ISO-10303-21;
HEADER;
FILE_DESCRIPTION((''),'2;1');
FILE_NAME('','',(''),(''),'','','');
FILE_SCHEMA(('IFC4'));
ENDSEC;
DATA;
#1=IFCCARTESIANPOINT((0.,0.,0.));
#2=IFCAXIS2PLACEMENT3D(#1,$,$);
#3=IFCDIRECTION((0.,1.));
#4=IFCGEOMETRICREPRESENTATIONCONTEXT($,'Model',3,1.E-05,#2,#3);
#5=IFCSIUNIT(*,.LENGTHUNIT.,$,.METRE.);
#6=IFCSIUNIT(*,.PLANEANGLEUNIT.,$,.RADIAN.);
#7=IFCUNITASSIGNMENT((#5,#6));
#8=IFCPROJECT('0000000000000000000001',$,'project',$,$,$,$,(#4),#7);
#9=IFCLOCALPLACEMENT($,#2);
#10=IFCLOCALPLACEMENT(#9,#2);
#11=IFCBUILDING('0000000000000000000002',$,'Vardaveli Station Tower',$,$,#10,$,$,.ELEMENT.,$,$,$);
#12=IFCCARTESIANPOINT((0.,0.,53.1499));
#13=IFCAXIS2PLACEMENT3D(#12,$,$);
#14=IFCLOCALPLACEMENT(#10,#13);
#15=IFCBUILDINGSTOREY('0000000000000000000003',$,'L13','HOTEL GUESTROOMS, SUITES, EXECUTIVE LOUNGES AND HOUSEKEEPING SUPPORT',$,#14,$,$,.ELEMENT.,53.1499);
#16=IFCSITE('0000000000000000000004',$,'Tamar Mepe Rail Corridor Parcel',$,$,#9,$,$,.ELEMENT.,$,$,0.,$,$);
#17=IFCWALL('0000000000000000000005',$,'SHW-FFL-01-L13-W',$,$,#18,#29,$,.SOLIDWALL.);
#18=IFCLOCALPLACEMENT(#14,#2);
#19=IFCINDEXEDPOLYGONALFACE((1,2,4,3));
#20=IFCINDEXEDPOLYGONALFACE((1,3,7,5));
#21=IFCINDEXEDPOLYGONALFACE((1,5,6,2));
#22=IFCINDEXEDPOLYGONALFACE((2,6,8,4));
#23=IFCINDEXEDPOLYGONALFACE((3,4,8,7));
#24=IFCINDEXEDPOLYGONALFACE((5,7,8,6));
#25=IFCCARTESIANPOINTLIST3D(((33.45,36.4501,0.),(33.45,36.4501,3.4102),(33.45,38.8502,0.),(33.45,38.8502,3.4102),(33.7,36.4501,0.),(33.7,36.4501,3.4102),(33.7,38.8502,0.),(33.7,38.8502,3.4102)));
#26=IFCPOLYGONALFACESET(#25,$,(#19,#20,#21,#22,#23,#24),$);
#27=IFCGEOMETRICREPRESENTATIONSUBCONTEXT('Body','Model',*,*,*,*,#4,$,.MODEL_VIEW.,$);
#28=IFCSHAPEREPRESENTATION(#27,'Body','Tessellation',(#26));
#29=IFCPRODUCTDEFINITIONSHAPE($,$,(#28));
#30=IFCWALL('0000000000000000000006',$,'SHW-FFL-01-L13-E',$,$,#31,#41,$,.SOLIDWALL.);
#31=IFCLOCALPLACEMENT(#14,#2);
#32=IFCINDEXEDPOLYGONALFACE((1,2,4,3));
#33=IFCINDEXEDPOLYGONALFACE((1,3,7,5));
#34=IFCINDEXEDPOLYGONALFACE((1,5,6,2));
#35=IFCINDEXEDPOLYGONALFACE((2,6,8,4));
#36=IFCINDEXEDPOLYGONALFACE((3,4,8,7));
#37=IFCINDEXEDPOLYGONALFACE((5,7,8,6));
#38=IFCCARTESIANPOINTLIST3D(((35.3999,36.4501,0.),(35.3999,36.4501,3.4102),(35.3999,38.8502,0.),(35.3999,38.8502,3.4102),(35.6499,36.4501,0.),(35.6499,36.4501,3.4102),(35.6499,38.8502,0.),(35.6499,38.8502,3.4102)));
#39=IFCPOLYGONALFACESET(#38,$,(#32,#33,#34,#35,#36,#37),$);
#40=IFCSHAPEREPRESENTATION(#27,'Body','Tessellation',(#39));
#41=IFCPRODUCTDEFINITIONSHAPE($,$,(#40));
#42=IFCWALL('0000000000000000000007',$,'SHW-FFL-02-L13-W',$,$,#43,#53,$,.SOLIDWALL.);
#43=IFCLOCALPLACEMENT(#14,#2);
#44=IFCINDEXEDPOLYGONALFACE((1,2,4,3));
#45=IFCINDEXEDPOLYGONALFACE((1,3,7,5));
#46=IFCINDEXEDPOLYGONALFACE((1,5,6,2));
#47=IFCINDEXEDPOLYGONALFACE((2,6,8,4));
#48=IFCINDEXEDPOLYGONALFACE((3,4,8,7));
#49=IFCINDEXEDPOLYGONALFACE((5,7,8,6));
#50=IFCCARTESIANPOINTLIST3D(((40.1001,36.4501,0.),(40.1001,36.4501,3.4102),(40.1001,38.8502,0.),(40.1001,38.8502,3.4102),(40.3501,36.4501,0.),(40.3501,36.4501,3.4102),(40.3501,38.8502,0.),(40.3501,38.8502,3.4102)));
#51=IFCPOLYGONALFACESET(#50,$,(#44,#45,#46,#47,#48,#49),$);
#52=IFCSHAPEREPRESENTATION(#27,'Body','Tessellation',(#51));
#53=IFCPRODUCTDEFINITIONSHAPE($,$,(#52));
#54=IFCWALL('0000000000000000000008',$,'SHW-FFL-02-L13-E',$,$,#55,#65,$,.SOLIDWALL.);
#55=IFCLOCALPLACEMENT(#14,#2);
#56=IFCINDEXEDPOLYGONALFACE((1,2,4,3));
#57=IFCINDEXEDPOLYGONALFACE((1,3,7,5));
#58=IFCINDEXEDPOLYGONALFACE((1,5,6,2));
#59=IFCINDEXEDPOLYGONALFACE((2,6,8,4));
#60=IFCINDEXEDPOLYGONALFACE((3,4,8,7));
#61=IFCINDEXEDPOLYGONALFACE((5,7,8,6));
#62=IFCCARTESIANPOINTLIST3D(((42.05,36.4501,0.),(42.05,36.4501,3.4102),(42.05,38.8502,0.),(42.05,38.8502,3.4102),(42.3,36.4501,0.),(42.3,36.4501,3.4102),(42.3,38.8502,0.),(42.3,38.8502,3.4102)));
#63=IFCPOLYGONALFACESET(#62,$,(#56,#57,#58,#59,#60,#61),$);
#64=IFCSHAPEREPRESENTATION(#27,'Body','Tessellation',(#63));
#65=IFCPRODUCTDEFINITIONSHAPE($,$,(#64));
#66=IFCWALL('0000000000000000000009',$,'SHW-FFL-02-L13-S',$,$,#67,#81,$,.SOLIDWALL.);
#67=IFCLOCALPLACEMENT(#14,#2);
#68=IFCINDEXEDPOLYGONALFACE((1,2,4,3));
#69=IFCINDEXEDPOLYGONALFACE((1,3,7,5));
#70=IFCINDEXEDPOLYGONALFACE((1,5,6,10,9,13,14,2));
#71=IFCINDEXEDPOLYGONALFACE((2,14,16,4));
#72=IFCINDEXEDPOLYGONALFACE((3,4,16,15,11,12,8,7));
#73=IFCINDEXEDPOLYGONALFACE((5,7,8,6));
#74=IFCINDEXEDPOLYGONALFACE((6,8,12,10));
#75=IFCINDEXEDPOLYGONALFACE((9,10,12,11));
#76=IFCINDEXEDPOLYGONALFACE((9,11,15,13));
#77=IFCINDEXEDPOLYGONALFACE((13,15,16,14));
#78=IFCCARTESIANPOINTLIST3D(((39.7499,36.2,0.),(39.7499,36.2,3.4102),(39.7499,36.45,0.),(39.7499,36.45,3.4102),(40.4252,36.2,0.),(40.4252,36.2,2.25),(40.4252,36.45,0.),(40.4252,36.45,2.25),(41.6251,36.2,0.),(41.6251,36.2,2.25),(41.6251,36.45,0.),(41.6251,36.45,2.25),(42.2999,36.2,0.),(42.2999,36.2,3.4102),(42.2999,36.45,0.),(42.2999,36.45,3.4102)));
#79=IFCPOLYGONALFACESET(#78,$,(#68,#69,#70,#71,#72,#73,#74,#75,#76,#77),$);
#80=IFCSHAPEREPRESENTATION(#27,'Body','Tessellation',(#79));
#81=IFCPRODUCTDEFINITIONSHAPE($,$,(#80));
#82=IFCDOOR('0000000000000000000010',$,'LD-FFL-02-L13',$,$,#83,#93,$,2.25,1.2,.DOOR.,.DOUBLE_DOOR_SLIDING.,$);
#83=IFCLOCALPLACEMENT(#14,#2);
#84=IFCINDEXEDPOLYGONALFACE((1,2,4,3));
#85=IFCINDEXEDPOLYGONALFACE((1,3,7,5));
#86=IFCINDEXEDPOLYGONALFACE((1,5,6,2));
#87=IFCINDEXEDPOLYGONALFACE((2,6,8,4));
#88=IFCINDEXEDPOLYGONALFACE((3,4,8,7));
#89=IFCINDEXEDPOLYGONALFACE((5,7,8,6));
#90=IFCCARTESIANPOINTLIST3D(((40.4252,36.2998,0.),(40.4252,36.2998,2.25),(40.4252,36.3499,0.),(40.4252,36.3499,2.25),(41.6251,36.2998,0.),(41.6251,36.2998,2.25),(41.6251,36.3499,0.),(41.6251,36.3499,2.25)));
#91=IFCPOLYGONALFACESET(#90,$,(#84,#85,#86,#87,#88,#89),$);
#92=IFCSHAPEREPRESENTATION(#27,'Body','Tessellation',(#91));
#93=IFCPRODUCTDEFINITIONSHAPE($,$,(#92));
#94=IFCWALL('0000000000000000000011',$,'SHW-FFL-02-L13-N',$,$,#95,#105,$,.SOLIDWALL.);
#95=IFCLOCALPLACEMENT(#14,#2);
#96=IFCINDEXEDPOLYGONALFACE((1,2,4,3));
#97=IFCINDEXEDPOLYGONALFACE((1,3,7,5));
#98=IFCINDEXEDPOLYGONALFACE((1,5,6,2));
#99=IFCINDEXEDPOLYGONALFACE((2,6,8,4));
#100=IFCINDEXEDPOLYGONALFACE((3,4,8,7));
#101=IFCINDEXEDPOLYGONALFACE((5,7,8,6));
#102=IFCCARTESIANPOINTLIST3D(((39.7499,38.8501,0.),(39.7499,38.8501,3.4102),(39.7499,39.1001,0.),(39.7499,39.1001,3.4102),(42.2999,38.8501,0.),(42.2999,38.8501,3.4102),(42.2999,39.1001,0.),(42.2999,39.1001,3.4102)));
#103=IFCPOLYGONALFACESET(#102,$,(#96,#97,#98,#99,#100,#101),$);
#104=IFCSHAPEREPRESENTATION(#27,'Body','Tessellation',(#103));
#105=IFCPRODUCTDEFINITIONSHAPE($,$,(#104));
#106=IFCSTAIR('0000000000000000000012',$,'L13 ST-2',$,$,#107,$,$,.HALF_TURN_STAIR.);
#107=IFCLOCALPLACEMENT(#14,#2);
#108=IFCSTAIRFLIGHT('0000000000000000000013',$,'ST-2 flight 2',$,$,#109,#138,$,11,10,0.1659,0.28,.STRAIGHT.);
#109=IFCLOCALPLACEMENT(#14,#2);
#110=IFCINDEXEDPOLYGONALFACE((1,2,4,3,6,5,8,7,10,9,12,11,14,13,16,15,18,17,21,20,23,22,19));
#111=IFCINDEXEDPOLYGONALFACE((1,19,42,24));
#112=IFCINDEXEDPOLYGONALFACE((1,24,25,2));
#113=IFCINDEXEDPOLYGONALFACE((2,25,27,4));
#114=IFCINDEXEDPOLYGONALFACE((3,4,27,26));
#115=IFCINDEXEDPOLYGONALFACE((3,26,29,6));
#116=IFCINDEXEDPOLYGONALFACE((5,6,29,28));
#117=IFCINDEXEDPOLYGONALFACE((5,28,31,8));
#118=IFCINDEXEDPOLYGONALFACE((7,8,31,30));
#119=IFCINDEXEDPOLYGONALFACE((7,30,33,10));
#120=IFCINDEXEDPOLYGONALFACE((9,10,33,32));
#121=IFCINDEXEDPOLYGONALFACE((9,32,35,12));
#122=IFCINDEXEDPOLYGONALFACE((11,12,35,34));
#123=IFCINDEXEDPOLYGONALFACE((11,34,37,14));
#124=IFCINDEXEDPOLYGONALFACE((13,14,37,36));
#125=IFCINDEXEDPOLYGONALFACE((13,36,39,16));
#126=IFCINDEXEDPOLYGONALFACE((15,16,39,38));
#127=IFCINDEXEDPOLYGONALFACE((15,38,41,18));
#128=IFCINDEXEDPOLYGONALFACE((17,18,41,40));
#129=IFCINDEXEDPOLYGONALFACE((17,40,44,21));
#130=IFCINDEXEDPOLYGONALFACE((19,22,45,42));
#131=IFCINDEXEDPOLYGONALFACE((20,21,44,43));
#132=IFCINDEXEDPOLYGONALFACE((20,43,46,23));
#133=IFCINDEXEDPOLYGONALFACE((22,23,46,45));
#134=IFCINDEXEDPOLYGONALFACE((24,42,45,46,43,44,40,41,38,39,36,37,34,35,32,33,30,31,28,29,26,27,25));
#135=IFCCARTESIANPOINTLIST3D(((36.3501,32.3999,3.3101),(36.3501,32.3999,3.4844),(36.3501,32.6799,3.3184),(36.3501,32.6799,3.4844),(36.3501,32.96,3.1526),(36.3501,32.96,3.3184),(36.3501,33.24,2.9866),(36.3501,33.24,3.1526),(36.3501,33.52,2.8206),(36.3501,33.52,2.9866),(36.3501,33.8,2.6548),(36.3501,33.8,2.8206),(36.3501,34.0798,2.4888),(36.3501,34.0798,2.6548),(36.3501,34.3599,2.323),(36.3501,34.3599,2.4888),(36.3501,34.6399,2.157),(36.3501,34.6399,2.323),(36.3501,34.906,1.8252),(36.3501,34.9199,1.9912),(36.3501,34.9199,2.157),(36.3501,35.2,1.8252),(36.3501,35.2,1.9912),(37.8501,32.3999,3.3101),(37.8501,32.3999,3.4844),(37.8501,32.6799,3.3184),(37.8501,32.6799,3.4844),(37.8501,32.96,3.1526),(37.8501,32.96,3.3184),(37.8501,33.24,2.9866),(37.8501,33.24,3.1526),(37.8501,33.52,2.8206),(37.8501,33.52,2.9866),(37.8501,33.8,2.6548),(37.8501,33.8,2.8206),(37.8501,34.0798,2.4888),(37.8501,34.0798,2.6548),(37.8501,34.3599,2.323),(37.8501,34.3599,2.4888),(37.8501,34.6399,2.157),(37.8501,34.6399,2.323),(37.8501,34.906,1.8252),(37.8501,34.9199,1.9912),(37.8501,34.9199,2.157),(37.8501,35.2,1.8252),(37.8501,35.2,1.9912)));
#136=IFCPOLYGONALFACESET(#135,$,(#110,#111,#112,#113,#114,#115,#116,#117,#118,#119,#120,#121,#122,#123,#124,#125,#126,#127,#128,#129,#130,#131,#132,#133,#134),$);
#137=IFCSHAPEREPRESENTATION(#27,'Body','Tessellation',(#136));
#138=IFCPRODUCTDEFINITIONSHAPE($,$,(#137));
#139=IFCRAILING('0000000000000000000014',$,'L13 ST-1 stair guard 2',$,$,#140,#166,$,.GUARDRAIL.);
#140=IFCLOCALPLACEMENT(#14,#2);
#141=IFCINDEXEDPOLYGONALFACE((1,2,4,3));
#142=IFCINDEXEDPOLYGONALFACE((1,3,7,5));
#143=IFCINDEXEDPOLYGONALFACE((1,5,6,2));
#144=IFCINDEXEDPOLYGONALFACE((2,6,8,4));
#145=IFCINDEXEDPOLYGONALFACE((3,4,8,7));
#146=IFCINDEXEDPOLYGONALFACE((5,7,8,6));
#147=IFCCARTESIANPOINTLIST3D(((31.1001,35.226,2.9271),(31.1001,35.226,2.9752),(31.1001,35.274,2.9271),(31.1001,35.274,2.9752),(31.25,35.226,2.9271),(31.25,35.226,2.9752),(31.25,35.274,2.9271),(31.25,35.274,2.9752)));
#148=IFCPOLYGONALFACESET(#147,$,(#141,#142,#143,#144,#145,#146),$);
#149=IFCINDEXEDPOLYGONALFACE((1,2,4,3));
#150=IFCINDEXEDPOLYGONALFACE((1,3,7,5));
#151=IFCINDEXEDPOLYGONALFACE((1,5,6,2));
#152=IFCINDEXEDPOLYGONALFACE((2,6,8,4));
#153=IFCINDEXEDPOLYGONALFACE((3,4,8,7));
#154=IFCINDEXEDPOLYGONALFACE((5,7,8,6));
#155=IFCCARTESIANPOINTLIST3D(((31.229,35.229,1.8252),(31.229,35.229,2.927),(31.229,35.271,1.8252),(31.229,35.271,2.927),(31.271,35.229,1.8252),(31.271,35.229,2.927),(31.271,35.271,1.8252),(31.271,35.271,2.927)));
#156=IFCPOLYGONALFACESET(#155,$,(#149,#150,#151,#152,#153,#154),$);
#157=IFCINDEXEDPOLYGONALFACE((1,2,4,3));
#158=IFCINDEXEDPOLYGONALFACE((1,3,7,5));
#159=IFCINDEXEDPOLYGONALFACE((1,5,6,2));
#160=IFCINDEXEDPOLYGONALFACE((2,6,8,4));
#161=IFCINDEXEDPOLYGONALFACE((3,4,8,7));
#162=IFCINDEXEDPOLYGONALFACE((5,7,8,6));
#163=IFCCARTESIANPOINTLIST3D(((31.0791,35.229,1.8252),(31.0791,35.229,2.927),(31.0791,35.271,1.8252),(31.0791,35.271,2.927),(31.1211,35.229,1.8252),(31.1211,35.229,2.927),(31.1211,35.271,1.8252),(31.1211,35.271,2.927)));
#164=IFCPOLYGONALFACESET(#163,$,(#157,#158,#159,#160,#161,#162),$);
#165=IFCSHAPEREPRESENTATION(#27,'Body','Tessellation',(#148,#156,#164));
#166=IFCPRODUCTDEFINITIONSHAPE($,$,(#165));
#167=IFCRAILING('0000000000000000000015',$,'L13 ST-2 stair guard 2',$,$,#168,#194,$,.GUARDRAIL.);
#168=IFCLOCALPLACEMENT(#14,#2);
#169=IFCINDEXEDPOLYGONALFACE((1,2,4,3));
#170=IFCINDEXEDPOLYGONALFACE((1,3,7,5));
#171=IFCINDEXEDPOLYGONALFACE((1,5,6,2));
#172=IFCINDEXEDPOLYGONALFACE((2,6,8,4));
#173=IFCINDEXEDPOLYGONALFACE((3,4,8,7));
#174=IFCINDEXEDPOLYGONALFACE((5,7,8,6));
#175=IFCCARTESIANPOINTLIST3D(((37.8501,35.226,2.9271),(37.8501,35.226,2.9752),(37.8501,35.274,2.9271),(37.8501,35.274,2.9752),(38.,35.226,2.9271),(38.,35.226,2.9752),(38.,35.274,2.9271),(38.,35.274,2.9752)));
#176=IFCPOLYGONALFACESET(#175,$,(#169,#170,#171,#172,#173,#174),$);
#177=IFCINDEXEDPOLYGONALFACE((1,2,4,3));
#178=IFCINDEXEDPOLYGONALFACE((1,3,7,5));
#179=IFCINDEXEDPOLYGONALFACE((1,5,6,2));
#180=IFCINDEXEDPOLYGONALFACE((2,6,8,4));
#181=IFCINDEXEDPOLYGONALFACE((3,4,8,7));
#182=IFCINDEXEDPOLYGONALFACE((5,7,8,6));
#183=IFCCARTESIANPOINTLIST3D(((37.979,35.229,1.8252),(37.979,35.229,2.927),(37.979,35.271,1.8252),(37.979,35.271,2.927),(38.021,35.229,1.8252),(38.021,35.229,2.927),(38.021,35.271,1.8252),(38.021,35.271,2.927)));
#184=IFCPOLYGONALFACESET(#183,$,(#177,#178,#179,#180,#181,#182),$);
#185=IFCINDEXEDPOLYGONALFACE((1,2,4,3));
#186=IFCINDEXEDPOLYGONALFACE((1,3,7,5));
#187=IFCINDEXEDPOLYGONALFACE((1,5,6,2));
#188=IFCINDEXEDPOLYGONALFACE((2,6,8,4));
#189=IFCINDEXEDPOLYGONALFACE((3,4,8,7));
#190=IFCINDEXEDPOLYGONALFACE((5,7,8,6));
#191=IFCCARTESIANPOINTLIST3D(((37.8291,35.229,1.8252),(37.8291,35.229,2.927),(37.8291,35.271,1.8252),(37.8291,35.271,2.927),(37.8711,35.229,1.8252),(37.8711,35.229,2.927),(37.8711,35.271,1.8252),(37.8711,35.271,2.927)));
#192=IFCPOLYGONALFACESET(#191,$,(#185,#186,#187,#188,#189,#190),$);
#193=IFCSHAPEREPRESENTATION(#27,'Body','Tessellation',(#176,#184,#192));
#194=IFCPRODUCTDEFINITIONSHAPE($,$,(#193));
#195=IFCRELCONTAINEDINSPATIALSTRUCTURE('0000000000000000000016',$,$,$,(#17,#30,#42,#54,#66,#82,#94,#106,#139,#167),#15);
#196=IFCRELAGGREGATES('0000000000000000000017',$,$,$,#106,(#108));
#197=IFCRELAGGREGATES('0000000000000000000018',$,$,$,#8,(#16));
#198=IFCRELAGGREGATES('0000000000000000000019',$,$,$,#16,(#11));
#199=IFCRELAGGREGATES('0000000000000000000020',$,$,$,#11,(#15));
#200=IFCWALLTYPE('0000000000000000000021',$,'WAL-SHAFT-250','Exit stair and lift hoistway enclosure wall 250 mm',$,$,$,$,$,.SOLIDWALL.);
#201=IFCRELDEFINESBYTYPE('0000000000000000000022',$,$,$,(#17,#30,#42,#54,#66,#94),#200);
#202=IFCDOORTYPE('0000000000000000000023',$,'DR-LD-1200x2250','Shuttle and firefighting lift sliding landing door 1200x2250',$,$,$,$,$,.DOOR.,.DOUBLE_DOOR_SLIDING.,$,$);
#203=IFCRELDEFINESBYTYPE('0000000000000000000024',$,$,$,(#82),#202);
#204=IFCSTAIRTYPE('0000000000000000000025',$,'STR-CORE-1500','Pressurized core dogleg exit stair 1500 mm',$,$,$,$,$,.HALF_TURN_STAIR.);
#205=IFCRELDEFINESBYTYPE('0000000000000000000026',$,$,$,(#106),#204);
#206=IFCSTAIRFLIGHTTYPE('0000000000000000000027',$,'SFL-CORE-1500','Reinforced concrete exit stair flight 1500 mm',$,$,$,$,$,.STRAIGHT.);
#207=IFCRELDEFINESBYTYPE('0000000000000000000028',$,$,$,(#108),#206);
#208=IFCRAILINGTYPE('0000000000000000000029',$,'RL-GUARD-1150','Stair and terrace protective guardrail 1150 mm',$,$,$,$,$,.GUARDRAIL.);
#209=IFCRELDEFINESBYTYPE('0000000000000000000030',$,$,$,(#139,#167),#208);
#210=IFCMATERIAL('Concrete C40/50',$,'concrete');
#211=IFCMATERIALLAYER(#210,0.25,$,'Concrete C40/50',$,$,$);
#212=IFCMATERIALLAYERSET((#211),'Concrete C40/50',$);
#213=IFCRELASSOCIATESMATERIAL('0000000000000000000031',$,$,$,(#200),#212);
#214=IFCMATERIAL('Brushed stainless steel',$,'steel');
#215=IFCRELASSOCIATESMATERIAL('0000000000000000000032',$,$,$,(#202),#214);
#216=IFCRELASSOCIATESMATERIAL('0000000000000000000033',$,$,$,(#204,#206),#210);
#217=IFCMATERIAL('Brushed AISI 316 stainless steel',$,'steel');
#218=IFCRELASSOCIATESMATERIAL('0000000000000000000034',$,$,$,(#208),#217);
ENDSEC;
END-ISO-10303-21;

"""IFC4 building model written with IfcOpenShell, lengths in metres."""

from ifc_helpers import new_model, si_unit, direction, frame, frame_2d, origin, origin_2d, place, context, subcontext, project, spatial, polyline, rectangle, outline, extrude, source, transform, mapped, material, layer, layer_set, type_object, element, fill, aggregate, save


model = new_model("IFC4")

# Units and contexts
model_context = context("Model", 3, precision=1e-05, world=origin(), true_north=direction((0.0, 1.0)))
body_context = subcontext(model_context, "Body", "Model", "MODEL_VIEW")
ifc_project = project(units=[si_unit("LENGTHUNIT", "METRE"), si_unit("PLANEANGLEUNIT", "RADIAN")], contexts=[model_context])

# Site, building, storey
site_placement = place(None, origin())
site = spatial("IfcSite", under=ifc_project, at=site_placement, Name="Tamar Mepe Rail Corridor Parcel", CompositionType="ELEMENT", RefElevation=0.0)
building_placement = place(site_placement, origin())
building = spatial("IfcBuilding", under=site, at=building_placement, Name="Vardaveli Station Tower", CompositionType="ELEMENT")
storey_placement = place(building_placement, frame((0.0, 0.0, 53.1499)))
storey = spatial("IfcBuildingStorey", under=building, at=storey_placement, Name="L13", Description="HOTEL GUESTROOMS, SUITES, EXECUTIVE LOUNGES AND HOUSEKEEPING SUPPORT", CompositionType="ELEMENT", Elevation=53.1499)

# Shared definitions
ifc_material_1 = material(Name="Concrete C40/50", Category="concrete")
ifc_layer_1 = layer(ifc_material_1, 0.25, Name="Concrete C40/50")
ifc_layer_set_1 = layer_set([ifc_layer_1], Name="Concrete C40/50")
wall_type_1 = type_object("IfcWallType", Name="WAL-SHAFT-250", Description="Exit stair and lift hoistway enclosure wall 250 mm", PredefinedType="SOLIDWALL", material=ifc_layer_set_1)

# Shared definitions
shared_shape_1 = source(origin(), body_context, "Body", "SweptSolid", [
    extrude(rectangle(XDim=1.2, YDim=2.25, at=frame_2d((0.6001, 1.125))), frame((0.0, 0.135, 0.0), z_axis=(0.0, -1.0, 0.0), x_axis=(1.0, 0.0, 0.0)), (0.0, 0.0, 1.0), 0.27),
])
ifc_material_2 = material(Name="Brushed stainless steel", Category="steel")
door_type = type_object("IfcDoorType", Name="DR-LD-1200x2250", Description="Shuttle and firefighting lift sliding landing door 1200x2250", OperationType="DOUBLE_DOOR_SLIDING", PredefinedType="DOOR", material=ifc_material_2)
shared_shape_2 = source(origin(), body_context, "Body", "SweptSolid", [
    extrude(rectangle(XDim=1.2, YDim=2.25, at=frame_2d((0.6001, 1.125))), frame((0.0, 0.0249, 0.0), z_axis=(0.0, -1.0, 0.0), x_axis=(1.0, 0.0, 0.0)), (0.0, 0.0, 1.0), 0.05),
])

# Walls
shared_shape_3 = source(origin(), body_context, "Body", "SweptSolid", [
    extrude(rectangle(XDim=2.4001, YDim=0.25, at=frame_2d((1.2002, 0.0))), origin(), (0.0, 0.0, 1.0), 3.4102),
])
for number, where, z_axis, x_axis, name in (
    (1, (33.575, 36.45, 0.0), (0.0, 0.0, 1.0), (0.0, 1.0, 0.0), "SHW-FFL-01-L13-W"),
    (2, (35.5249, 36.45, 0.0), (0.0, 0.0, 1.0), (0.0, 1.0, 0.0), "SHW-FFL-01-L13-E"),
    (3, (40.2251, 36.45, 0.0), (0.0, 0.0, 1.0), (0.0, 1.0, 0.0), "SHW-FFL-02-L13-W"),
    (4, (42.175, 36.45, 0.0), (0.0, 0.0, 1.0), (0.0, 1.0, 0.0), "SHW-FFL-02-L13-E"),
):
    element("IfcWall", number, at=place(storey_placement, frame(where, z_axis=z_axis, x_axis=x_axis)), inside=storey, type_object=wall_type_1, Name=name, PredefinedType="SOLIDWALL", context=body_context, shape_type="MappedRepresentation", body=[
        mapped(shared_shape_3, transform((0.0, 0.0, 0.0), scale=1.0)),
    ])

# Wall, opening, door
shared_shape_4 = source(origin(), body_context, "Body", "SweptSolid", [
    extrude(rectangle(XDim=2.55, YDim=0.25, at=frame_2d((1.2749, 0.0))), origin(), (0.0, 0.0, 1.0), 3.4102),
])
wall_1_placement = place(storey_placement, frame((39.75, 36.325, 0.0), z_axis=(0.0, 0.0, 1.0), x_axis=(1.0, 0.0, 0.0)))
wall_1 = element("IfcWall", 5, at=wall_1_placement, inside=storey, type_object=wall_type_1, Name="SHW-FFL-02-L13-S", PredefinedType="SOLIDWALL", context=body_context, shape_type="MappedRepresentation", body=[
    mapped(shared_shape_4, transform((0.0, 0.0, 0.0), scale=1.0)),
])
opening_1_placement = place(wall_1_placement, frame((0.675, 0.0, 0.0)))
opening_1 = element("IfcOpeningElement", 6, at=opening_1_placement, cuts=wall_1, PredefinedType="OPENING", context=body_context, shape_type="MappedRepresentation", body=[
    mapped(shared_shape_1, transform((0.0, 0.0, 0.0), scale=1.0)),
])
door_1_placement = place(opening_1_placement, origin())
door_1 = element("IfcDoor", 7, at=door_1_placement, inside=storey, type_object=door_type, Name="LD-FFL-02-L13", OperationType="DOUBLE_DOOR_SLIDING", OverallHeight=2.25, OverallWidth=1.2, PredefinedType="DOOR", context=body_context, shape_type="MappedRepresentation", body=[
    mapped(shared_shape_2, transform((0.0, 0.0, 0.0), scale=1.0)),
])
fill(opening_1, door_1)

# Wall
wall_2_placement = place(storey_placement, frame((39.75, 38.9751, 0.0), z_axis=(0.0, 0.0, 1.0), x_axis=(1.0, 0.0, 0.0)))
element("IfcWall", 8, at=wall_2_placement, inside=storey, type_object=wall_type_1, Name="SHW-FFL-02-L13-N", PredefinedType="SOLIDWALL", context=body_context, shape_type="MappedRepresentation", body=[
    mapped(shared_shape_4, transform((0.0, 0.0, 0.0), scale=1.0)),
])

# Stair, stair flight
stair_type = type_object("IfcStairType", Name="STR-CORE-1500", Description="Pressurized core dogleg exit stair 1500 mm", PredefinedType="HALF_TURN_STAIR", material=ifc_material_1)
stair_placement = place(storey_placement, origin())
stair = element("IfcStair", 9, at=stair_placement, inside=storey, type_object=stair_type, Name="L13 ST-2", PredefinedType="HALF_TURN_STAIR")
stair_flight_type = type_object("IfcStairFlightType", Name="SFL-CORE-1500", Description="Reinforced concrete exit stair flight 1500 mm", PredefinedType="STRAIGHT", material=ifc_material_1)
shared_shape_5 = source(origin(), body_context, "Body", "SweptSolid", [
    extrude(outline(polyline([(0.0, 0.0), (0.0, 0.166), (0.28, 0.166), (0.28, 0.3318), (0.5601, 0.3318), (0.5601, 0.4978), (0.8401, 0.4978), (0.8401, 0.6636), (1.1201, 0.6636), (1.1201, 0.8296), (1.3999, 0.8296), (1.3999, 0.9954), (1.6799, 0.9954), (1.6799, 1.1614), (1.96, 1.1614), (1.96, 1.3274), (2.24, 1.3274), (2.24, 1.4932), (2.52, 1.4932), (2.52, 1.6592), (2.8, 1.6592), (2.8, 1.825), (2.8, 1.4849), (0.2939, 0.0), (0.0, 0.0)])), frame((0.0, 0.75, 0.0), z_axis=(0.0, -1.0, 0.0), x_axis=(1.0, 0.0, 0.0)), (0.0, 0.0, 1.0), 1.5),
])
stair_flight_placement = place(storey_placement, frame((37.1001, 35.2, 1.8252), z_axis=(0.0, 0.0, 1.0), x_axis=(0.0, -1.0, 0.0)))
stair_flight = element("IfcStairFlight", 10, at=stair_flight_placement, type_object=stair_flight_type, Name="ST-2 flight 2", NumberOfRisers=11, NumberOfTreads=10, PredefinedType="STRAIGHT", RiserHeight=0.1659, TreadLength=0.28, context=body_context, shape_type="MappedRepresentation", body=[
    mapped(shared_shape_5, transform((0.0, 0.0, 0.0), scale=1.0)),
])
aggregate(stair, [stair_flight])

# Railings
ifc_material_3 = material(Name="Brushed AISI 316 stainless steel", Category="steel")
railing_type_1 = type_object("IfcRailingType", Name="RL-GUARD-1150", Description="Stair and terrace protective guardrail 1150 mm", PredefinedType="GUARDRAIL", material=ifc_material_3)
shared_shape_6 = source(origin(), body_context, "Body", "SweptSolid", [
    extrude(rectangle(XDim=0.0481, YDim=0.0481, at=origin_2d()), frame((0.0, 0.0, 1.126), z_axis=(-1.0, 0.0, 0.0), x_axis=(0.0, -1.0, 0.0)), (0.0, 0.0, 1.0), 0.1499),
    extrude(rectangle(XDim=0.042, YDim=0.042, at=origin_2d()), origin(), (0.0, 0.0, 1.0), 1.1018),
    extrude(rectangle(XDim=0.042, YDim=0.042, at=origin_2d()), frame((-0.1499, 0.0, 0.0)), (0.0, 0.0, 1.0), 1.1018),
])
for number, where, name in (
    (11, (31.25, 35.25, 1.8252), "L13 ST-1 stair guard 2"),
    (12, (38.0, 35.25, 1.8252), "L13 ST-2 stair guard 2"),
):
    element("IfcRailing", number, at=place(storey_placement, frame(where)), inside=storey, type_object=railing_type_1, Name=name, PredefinedType="GUARDRAIL", context=body_context, shape_type="MappedRepresentation", body=[
        mapped(shared_shape_6, transform((0.0, 0.0, 0.0), scale=1.0)),
    ])

save(model, "model.ifc")
